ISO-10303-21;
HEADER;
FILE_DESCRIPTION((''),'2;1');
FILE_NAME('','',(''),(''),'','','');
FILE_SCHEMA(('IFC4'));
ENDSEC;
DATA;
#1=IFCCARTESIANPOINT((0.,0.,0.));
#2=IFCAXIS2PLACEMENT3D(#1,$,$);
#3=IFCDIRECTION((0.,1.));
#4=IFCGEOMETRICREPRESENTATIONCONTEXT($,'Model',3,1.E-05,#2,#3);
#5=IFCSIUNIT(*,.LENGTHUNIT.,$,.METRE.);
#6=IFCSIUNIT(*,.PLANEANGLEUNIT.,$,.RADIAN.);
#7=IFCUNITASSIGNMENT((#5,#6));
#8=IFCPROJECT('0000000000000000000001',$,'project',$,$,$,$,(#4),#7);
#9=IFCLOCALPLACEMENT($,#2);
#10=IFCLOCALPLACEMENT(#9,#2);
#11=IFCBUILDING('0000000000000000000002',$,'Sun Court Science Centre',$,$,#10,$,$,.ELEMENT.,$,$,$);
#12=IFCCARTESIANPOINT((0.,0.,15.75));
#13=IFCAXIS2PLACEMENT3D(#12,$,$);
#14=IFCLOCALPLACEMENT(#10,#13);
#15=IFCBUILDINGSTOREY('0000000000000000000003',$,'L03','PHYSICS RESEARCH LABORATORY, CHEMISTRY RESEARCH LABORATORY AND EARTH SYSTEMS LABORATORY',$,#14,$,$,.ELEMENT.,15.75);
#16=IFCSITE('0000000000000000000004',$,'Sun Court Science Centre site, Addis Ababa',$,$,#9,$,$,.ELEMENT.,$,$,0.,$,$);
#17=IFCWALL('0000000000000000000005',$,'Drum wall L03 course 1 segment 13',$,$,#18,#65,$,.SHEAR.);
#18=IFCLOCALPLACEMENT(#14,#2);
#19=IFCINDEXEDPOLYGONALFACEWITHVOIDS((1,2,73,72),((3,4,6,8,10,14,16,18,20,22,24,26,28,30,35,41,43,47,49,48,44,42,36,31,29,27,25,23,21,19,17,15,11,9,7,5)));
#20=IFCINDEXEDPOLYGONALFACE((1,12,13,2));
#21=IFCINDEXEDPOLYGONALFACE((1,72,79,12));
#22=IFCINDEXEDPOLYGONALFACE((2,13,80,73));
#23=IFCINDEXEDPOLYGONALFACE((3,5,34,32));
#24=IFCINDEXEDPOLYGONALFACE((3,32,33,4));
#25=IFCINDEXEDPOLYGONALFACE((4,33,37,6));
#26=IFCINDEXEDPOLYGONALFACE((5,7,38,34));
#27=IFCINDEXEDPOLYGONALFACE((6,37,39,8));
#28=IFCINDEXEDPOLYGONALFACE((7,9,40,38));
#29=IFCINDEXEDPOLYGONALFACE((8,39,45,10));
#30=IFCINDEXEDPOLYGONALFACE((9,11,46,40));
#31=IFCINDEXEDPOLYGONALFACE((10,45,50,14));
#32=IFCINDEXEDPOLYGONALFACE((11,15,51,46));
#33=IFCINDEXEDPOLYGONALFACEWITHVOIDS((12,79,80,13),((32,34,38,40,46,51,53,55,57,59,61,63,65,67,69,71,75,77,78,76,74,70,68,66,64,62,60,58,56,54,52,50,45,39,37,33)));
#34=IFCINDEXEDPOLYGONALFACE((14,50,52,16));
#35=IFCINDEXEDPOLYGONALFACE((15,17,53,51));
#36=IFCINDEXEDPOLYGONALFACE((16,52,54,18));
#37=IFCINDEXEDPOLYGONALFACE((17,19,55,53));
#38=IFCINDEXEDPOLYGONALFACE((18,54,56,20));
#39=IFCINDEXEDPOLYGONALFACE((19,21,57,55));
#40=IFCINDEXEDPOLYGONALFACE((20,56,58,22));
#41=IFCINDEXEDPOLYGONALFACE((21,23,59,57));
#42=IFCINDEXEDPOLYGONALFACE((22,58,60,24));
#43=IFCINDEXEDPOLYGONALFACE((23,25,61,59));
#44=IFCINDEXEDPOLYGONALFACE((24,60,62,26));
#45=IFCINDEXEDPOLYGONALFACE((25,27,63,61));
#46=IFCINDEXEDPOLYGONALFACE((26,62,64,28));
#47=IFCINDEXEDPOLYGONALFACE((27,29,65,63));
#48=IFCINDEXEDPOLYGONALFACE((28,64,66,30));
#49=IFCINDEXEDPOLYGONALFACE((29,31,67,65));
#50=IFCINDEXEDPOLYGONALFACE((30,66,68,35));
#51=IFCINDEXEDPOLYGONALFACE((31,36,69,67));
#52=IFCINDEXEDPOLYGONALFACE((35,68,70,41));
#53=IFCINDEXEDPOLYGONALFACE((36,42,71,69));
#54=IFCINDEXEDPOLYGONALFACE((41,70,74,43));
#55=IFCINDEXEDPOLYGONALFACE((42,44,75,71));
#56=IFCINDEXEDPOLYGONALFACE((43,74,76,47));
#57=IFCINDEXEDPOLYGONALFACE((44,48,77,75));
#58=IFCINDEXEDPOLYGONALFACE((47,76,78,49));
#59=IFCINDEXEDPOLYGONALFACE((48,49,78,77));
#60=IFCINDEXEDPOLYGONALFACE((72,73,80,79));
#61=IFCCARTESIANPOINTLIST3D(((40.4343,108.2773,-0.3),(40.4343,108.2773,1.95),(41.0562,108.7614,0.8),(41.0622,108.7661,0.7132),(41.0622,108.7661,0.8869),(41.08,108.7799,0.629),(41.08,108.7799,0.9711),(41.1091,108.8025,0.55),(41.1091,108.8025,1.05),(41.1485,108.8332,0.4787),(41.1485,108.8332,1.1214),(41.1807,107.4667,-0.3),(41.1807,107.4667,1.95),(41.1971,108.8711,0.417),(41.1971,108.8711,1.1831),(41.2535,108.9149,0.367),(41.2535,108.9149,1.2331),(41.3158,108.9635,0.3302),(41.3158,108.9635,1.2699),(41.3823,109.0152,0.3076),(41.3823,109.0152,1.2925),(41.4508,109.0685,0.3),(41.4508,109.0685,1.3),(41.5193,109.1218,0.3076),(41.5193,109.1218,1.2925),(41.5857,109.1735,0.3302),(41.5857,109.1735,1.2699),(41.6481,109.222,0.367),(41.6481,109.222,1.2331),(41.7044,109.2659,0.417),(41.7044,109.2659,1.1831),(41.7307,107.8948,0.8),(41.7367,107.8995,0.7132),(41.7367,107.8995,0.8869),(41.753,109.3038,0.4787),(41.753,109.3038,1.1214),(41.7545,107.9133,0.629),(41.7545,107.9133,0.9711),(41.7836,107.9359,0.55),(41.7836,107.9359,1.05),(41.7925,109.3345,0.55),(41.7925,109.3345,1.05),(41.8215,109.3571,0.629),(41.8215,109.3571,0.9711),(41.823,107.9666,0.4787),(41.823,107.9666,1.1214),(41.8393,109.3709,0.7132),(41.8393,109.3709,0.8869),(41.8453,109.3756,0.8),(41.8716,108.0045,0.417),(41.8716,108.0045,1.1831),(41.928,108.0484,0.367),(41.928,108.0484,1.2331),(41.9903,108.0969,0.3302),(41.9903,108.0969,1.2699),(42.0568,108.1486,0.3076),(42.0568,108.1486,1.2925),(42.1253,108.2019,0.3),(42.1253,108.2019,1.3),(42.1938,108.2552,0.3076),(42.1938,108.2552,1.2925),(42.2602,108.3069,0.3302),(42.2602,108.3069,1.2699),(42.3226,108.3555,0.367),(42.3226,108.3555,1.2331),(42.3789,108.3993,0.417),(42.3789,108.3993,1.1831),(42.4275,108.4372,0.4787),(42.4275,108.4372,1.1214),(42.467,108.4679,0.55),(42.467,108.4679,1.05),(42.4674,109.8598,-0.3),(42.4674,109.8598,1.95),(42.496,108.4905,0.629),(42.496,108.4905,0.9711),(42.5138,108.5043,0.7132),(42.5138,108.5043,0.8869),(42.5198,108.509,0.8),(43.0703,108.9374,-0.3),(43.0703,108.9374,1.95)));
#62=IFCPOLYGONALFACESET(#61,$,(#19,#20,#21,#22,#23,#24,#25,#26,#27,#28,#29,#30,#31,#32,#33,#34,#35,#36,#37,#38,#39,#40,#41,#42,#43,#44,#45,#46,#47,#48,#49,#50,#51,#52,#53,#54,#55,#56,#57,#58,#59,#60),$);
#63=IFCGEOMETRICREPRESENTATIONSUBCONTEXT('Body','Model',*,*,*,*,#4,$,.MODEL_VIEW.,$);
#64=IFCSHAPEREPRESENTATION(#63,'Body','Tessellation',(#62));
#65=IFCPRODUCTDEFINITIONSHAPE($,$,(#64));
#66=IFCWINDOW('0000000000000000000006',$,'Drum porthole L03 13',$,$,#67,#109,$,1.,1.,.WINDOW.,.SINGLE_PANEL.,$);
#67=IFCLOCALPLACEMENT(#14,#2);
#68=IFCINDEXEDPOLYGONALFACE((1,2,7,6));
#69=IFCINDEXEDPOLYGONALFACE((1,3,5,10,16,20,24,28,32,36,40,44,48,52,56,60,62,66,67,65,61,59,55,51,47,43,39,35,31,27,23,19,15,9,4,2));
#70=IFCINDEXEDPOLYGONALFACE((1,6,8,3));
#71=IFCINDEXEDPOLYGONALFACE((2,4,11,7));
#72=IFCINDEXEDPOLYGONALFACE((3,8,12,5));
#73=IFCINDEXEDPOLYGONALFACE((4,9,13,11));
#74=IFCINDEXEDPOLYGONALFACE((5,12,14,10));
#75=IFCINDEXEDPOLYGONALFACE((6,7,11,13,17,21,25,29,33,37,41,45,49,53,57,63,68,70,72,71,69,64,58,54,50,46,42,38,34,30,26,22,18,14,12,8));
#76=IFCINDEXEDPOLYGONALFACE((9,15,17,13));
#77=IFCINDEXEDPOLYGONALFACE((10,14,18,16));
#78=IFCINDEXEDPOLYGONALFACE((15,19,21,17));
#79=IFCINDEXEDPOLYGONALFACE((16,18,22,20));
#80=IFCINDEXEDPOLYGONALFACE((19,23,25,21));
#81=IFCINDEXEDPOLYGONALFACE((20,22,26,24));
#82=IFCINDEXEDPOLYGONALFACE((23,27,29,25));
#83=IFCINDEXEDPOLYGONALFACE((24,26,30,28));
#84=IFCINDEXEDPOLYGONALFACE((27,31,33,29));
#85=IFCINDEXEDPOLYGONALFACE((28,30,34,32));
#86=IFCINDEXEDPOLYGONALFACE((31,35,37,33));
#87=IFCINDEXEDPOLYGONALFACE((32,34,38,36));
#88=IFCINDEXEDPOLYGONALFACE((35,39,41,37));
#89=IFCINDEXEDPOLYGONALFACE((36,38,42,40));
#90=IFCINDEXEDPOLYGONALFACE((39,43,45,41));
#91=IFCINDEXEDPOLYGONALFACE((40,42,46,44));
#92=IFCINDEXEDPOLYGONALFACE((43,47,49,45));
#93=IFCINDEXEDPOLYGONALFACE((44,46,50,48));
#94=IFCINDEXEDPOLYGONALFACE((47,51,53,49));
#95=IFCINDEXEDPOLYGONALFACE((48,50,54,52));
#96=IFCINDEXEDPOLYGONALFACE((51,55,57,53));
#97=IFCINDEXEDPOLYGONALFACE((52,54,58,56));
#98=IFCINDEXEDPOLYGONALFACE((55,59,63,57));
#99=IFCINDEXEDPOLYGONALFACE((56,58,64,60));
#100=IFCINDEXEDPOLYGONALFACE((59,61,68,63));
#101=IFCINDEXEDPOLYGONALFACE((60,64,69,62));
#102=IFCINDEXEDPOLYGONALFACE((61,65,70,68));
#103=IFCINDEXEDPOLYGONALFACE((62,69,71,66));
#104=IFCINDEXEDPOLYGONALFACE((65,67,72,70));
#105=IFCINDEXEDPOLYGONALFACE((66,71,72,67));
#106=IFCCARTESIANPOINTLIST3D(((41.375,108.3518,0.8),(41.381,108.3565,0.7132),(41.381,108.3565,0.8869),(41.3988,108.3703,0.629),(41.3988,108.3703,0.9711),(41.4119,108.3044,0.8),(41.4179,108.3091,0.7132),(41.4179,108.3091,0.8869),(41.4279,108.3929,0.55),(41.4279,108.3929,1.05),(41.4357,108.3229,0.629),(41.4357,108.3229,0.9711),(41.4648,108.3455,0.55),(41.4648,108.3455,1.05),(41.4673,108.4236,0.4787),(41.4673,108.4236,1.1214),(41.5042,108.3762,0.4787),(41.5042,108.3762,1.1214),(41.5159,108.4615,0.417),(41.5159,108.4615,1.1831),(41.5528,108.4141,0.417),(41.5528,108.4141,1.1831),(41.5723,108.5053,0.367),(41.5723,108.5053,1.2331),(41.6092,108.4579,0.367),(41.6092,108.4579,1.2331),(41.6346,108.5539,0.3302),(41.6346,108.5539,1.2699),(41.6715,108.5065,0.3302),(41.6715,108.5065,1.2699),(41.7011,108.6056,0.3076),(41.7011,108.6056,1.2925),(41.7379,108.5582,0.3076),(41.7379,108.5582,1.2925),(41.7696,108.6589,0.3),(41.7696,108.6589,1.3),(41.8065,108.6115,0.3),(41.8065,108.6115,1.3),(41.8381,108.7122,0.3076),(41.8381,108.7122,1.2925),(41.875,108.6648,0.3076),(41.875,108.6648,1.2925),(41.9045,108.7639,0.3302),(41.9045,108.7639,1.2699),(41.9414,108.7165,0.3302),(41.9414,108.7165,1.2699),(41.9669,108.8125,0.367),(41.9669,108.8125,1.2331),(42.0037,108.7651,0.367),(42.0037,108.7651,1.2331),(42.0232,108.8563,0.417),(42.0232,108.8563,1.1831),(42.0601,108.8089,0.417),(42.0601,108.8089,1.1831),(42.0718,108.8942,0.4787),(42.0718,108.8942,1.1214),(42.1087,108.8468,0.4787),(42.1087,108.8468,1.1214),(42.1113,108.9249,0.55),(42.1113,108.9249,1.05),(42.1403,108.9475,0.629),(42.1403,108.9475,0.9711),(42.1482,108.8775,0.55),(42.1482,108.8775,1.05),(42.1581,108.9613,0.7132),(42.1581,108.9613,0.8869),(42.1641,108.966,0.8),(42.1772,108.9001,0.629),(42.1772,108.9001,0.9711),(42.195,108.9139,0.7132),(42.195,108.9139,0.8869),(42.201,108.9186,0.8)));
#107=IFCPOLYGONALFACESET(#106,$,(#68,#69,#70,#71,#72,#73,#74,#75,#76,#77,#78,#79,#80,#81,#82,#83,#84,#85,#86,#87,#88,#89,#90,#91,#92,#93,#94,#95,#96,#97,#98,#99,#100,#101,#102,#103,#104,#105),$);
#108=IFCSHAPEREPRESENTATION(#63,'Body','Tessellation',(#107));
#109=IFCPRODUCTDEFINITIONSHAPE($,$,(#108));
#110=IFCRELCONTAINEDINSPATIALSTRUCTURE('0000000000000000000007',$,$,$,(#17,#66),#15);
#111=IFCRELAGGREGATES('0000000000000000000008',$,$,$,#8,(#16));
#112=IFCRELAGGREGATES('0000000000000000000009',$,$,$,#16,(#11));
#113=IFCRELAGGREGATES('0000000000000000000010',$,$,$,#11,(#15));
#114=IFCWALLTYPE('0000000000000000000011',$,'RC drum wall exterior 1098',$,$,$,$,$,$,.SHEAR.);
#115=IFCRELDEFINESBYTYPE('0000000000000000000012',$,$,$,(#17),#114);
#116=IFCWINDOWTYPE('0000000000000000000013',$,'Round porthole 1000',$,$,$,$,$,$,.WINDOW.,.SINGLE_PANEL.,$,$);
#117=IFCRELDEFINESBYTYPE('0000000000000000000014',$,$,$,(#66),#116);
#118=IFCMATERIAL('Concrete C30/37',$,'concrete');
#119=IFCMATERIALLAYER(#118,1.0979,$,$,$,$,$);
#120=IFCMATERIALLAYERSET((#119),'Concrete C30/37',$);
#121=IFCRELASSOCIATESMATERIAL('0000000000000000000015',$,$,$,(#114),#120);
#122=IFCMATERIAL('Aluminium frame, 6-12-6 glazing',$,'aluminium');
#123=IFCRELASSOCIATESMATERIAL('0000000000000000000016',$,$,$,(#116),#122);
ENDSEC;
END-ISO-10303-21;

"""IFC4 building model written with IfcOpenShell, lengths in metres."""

from ifc_helpers import new_model, si_unit, direction, frame, frame_2d, origin, place, context, subcontext, project, spatial, polyline, circle, outline, extrude, material, layer, layer_set, type_object, element, fill, save


model = new_model("IFC4")

# Units and contexts
model_context = context("Model", 3, precision=1e-05, world=origin(), true_north=direction((0.0, 1.0)))
body_context = subcontext(model_context, "Body", "Model", "MODEL_VIEW")
ifc_project = project(units=[si_unit("LENGTHUNIT", "METRE"), si_unit("PLANEANGLEUNIT", "RADIAN")], contexts=[model_context])

# Site, building, storey
site_placement = place(None, origin())
site = spatial("IfcSite", under=ifc_project, at=site_placement, Name="Sun Court Science Centre site, Addis Ababa", CompositionType="ELEMENT", RefElevation=0.0)
building_placement = place(site_placement, origin())
building = spatial("IfcBuilding", under=site, at=building_placement, Name="Sun Court Science Centre", CompositionType="ELEMENT")
storey_placement = place(building_placement, frame((0.0, 0.0, 15.75)))
storey = spatial("IfcBuildingStorey", under=building, at=storey_placement, Name="L03", Description="PHYSICS RESEARCH LABORATORY, CHEMISTRY RESEARCH LABORATORY AND EARTH SYSTEMS LABORATORY", CompositionType="ELEMENT", Elevation=15.75)

# Shared definitions
ifc_material_1 = material(Name="Concrete C30/37", Category="concrete")
ifc_layer_1 = layer(ifc_material_1, 1.0979)
ifc_layer_set_1 = layer_set([ifc_layer_1], Name="Concrete C30/37")
wall_type_1 = type_object("IfcWallType", Name="RC drum wall exterior 1098", PredefinedType="SHEAR", material=ifc_layer_set_1)

# Wall, opening, window
wall_1_placement = place(storey_placement, frame((42.8047, 109.4265, -0.3), z_axis=(0.0, 0.0, 1.0), x_axis=(-0.789138, -0.614216, 0.0)))
wall_1 = element("IfcWall", 1, at=wall_1_placement, inside=storey, type_object=wall_type_1, Name="Drum wall L03 course 1 segment 13", PredefinedType="SHEAR", context=body_context, shape_type="SweptSolid", body=[
    extrude(outline(polyline([(0.0, -0.5491), (2.5764, -0.5491), (2.4854, 0.5491), (0.0908, 0.5491), (0.0, -0.5491)])), origin(), (0.0, 0.0, 1.0), 2.25),
])
opening_1_placement = place(wall_1_placement, frame((0.7883, 0.0, 0.6001)))
opening_1 = element("IfcOpeningElement", 2, at=opening_1_placement, cuts=wall_1, PredefinedType="OPENING", context=body_context, shape_type="SweptSolid", body=[
    extrude(circle(Radius=0.5, at=frame_2d((0.5, 0.5))), frame((0.0, 0.5588, 0.0), z_axis=(0.0, -1.0, 0.0), x_axis=(1.0, 0.0, 0.0)), (0.0, 0.0, 1.0), 1.1179),
])
ifc_material_2 = material(Name="Aluminium frame, 6-12-6 glazing", Category="aluminium")
window_type = type_object("IfcWindowType", Name="Round porthole 1000", PartitioningType="SINGLE_PANEL", PredefinedType="WINDOW", material=ifc_material_2)
window_1_placement = place(opening_1_placement, origin())
window_1 = element("IfcWindow", 3, at=window_1_placement, inside=storey, type_object=window_type, Name="Drum porthole L03 13", OverallHeight=1.0, OverallWidth=1.0, PartitioningType="SINGLE_PANEL", PredefinedType="WINDOW", context=body_context, shape_type="SweptSolid", body=[
    extrude(circle(Radius=0.5, at=frame_2d((0.5, 0.5))), frame((0.0, 0.03, 0.0), z_axis=(0.0, -1.0, 0.0), x_axis=(1.0, 0.0, 0.0)), (0.0, 0.0, 1.0), 0.0601),
])
fill(opening_1, window_1)

save(model, "model.ifc")
